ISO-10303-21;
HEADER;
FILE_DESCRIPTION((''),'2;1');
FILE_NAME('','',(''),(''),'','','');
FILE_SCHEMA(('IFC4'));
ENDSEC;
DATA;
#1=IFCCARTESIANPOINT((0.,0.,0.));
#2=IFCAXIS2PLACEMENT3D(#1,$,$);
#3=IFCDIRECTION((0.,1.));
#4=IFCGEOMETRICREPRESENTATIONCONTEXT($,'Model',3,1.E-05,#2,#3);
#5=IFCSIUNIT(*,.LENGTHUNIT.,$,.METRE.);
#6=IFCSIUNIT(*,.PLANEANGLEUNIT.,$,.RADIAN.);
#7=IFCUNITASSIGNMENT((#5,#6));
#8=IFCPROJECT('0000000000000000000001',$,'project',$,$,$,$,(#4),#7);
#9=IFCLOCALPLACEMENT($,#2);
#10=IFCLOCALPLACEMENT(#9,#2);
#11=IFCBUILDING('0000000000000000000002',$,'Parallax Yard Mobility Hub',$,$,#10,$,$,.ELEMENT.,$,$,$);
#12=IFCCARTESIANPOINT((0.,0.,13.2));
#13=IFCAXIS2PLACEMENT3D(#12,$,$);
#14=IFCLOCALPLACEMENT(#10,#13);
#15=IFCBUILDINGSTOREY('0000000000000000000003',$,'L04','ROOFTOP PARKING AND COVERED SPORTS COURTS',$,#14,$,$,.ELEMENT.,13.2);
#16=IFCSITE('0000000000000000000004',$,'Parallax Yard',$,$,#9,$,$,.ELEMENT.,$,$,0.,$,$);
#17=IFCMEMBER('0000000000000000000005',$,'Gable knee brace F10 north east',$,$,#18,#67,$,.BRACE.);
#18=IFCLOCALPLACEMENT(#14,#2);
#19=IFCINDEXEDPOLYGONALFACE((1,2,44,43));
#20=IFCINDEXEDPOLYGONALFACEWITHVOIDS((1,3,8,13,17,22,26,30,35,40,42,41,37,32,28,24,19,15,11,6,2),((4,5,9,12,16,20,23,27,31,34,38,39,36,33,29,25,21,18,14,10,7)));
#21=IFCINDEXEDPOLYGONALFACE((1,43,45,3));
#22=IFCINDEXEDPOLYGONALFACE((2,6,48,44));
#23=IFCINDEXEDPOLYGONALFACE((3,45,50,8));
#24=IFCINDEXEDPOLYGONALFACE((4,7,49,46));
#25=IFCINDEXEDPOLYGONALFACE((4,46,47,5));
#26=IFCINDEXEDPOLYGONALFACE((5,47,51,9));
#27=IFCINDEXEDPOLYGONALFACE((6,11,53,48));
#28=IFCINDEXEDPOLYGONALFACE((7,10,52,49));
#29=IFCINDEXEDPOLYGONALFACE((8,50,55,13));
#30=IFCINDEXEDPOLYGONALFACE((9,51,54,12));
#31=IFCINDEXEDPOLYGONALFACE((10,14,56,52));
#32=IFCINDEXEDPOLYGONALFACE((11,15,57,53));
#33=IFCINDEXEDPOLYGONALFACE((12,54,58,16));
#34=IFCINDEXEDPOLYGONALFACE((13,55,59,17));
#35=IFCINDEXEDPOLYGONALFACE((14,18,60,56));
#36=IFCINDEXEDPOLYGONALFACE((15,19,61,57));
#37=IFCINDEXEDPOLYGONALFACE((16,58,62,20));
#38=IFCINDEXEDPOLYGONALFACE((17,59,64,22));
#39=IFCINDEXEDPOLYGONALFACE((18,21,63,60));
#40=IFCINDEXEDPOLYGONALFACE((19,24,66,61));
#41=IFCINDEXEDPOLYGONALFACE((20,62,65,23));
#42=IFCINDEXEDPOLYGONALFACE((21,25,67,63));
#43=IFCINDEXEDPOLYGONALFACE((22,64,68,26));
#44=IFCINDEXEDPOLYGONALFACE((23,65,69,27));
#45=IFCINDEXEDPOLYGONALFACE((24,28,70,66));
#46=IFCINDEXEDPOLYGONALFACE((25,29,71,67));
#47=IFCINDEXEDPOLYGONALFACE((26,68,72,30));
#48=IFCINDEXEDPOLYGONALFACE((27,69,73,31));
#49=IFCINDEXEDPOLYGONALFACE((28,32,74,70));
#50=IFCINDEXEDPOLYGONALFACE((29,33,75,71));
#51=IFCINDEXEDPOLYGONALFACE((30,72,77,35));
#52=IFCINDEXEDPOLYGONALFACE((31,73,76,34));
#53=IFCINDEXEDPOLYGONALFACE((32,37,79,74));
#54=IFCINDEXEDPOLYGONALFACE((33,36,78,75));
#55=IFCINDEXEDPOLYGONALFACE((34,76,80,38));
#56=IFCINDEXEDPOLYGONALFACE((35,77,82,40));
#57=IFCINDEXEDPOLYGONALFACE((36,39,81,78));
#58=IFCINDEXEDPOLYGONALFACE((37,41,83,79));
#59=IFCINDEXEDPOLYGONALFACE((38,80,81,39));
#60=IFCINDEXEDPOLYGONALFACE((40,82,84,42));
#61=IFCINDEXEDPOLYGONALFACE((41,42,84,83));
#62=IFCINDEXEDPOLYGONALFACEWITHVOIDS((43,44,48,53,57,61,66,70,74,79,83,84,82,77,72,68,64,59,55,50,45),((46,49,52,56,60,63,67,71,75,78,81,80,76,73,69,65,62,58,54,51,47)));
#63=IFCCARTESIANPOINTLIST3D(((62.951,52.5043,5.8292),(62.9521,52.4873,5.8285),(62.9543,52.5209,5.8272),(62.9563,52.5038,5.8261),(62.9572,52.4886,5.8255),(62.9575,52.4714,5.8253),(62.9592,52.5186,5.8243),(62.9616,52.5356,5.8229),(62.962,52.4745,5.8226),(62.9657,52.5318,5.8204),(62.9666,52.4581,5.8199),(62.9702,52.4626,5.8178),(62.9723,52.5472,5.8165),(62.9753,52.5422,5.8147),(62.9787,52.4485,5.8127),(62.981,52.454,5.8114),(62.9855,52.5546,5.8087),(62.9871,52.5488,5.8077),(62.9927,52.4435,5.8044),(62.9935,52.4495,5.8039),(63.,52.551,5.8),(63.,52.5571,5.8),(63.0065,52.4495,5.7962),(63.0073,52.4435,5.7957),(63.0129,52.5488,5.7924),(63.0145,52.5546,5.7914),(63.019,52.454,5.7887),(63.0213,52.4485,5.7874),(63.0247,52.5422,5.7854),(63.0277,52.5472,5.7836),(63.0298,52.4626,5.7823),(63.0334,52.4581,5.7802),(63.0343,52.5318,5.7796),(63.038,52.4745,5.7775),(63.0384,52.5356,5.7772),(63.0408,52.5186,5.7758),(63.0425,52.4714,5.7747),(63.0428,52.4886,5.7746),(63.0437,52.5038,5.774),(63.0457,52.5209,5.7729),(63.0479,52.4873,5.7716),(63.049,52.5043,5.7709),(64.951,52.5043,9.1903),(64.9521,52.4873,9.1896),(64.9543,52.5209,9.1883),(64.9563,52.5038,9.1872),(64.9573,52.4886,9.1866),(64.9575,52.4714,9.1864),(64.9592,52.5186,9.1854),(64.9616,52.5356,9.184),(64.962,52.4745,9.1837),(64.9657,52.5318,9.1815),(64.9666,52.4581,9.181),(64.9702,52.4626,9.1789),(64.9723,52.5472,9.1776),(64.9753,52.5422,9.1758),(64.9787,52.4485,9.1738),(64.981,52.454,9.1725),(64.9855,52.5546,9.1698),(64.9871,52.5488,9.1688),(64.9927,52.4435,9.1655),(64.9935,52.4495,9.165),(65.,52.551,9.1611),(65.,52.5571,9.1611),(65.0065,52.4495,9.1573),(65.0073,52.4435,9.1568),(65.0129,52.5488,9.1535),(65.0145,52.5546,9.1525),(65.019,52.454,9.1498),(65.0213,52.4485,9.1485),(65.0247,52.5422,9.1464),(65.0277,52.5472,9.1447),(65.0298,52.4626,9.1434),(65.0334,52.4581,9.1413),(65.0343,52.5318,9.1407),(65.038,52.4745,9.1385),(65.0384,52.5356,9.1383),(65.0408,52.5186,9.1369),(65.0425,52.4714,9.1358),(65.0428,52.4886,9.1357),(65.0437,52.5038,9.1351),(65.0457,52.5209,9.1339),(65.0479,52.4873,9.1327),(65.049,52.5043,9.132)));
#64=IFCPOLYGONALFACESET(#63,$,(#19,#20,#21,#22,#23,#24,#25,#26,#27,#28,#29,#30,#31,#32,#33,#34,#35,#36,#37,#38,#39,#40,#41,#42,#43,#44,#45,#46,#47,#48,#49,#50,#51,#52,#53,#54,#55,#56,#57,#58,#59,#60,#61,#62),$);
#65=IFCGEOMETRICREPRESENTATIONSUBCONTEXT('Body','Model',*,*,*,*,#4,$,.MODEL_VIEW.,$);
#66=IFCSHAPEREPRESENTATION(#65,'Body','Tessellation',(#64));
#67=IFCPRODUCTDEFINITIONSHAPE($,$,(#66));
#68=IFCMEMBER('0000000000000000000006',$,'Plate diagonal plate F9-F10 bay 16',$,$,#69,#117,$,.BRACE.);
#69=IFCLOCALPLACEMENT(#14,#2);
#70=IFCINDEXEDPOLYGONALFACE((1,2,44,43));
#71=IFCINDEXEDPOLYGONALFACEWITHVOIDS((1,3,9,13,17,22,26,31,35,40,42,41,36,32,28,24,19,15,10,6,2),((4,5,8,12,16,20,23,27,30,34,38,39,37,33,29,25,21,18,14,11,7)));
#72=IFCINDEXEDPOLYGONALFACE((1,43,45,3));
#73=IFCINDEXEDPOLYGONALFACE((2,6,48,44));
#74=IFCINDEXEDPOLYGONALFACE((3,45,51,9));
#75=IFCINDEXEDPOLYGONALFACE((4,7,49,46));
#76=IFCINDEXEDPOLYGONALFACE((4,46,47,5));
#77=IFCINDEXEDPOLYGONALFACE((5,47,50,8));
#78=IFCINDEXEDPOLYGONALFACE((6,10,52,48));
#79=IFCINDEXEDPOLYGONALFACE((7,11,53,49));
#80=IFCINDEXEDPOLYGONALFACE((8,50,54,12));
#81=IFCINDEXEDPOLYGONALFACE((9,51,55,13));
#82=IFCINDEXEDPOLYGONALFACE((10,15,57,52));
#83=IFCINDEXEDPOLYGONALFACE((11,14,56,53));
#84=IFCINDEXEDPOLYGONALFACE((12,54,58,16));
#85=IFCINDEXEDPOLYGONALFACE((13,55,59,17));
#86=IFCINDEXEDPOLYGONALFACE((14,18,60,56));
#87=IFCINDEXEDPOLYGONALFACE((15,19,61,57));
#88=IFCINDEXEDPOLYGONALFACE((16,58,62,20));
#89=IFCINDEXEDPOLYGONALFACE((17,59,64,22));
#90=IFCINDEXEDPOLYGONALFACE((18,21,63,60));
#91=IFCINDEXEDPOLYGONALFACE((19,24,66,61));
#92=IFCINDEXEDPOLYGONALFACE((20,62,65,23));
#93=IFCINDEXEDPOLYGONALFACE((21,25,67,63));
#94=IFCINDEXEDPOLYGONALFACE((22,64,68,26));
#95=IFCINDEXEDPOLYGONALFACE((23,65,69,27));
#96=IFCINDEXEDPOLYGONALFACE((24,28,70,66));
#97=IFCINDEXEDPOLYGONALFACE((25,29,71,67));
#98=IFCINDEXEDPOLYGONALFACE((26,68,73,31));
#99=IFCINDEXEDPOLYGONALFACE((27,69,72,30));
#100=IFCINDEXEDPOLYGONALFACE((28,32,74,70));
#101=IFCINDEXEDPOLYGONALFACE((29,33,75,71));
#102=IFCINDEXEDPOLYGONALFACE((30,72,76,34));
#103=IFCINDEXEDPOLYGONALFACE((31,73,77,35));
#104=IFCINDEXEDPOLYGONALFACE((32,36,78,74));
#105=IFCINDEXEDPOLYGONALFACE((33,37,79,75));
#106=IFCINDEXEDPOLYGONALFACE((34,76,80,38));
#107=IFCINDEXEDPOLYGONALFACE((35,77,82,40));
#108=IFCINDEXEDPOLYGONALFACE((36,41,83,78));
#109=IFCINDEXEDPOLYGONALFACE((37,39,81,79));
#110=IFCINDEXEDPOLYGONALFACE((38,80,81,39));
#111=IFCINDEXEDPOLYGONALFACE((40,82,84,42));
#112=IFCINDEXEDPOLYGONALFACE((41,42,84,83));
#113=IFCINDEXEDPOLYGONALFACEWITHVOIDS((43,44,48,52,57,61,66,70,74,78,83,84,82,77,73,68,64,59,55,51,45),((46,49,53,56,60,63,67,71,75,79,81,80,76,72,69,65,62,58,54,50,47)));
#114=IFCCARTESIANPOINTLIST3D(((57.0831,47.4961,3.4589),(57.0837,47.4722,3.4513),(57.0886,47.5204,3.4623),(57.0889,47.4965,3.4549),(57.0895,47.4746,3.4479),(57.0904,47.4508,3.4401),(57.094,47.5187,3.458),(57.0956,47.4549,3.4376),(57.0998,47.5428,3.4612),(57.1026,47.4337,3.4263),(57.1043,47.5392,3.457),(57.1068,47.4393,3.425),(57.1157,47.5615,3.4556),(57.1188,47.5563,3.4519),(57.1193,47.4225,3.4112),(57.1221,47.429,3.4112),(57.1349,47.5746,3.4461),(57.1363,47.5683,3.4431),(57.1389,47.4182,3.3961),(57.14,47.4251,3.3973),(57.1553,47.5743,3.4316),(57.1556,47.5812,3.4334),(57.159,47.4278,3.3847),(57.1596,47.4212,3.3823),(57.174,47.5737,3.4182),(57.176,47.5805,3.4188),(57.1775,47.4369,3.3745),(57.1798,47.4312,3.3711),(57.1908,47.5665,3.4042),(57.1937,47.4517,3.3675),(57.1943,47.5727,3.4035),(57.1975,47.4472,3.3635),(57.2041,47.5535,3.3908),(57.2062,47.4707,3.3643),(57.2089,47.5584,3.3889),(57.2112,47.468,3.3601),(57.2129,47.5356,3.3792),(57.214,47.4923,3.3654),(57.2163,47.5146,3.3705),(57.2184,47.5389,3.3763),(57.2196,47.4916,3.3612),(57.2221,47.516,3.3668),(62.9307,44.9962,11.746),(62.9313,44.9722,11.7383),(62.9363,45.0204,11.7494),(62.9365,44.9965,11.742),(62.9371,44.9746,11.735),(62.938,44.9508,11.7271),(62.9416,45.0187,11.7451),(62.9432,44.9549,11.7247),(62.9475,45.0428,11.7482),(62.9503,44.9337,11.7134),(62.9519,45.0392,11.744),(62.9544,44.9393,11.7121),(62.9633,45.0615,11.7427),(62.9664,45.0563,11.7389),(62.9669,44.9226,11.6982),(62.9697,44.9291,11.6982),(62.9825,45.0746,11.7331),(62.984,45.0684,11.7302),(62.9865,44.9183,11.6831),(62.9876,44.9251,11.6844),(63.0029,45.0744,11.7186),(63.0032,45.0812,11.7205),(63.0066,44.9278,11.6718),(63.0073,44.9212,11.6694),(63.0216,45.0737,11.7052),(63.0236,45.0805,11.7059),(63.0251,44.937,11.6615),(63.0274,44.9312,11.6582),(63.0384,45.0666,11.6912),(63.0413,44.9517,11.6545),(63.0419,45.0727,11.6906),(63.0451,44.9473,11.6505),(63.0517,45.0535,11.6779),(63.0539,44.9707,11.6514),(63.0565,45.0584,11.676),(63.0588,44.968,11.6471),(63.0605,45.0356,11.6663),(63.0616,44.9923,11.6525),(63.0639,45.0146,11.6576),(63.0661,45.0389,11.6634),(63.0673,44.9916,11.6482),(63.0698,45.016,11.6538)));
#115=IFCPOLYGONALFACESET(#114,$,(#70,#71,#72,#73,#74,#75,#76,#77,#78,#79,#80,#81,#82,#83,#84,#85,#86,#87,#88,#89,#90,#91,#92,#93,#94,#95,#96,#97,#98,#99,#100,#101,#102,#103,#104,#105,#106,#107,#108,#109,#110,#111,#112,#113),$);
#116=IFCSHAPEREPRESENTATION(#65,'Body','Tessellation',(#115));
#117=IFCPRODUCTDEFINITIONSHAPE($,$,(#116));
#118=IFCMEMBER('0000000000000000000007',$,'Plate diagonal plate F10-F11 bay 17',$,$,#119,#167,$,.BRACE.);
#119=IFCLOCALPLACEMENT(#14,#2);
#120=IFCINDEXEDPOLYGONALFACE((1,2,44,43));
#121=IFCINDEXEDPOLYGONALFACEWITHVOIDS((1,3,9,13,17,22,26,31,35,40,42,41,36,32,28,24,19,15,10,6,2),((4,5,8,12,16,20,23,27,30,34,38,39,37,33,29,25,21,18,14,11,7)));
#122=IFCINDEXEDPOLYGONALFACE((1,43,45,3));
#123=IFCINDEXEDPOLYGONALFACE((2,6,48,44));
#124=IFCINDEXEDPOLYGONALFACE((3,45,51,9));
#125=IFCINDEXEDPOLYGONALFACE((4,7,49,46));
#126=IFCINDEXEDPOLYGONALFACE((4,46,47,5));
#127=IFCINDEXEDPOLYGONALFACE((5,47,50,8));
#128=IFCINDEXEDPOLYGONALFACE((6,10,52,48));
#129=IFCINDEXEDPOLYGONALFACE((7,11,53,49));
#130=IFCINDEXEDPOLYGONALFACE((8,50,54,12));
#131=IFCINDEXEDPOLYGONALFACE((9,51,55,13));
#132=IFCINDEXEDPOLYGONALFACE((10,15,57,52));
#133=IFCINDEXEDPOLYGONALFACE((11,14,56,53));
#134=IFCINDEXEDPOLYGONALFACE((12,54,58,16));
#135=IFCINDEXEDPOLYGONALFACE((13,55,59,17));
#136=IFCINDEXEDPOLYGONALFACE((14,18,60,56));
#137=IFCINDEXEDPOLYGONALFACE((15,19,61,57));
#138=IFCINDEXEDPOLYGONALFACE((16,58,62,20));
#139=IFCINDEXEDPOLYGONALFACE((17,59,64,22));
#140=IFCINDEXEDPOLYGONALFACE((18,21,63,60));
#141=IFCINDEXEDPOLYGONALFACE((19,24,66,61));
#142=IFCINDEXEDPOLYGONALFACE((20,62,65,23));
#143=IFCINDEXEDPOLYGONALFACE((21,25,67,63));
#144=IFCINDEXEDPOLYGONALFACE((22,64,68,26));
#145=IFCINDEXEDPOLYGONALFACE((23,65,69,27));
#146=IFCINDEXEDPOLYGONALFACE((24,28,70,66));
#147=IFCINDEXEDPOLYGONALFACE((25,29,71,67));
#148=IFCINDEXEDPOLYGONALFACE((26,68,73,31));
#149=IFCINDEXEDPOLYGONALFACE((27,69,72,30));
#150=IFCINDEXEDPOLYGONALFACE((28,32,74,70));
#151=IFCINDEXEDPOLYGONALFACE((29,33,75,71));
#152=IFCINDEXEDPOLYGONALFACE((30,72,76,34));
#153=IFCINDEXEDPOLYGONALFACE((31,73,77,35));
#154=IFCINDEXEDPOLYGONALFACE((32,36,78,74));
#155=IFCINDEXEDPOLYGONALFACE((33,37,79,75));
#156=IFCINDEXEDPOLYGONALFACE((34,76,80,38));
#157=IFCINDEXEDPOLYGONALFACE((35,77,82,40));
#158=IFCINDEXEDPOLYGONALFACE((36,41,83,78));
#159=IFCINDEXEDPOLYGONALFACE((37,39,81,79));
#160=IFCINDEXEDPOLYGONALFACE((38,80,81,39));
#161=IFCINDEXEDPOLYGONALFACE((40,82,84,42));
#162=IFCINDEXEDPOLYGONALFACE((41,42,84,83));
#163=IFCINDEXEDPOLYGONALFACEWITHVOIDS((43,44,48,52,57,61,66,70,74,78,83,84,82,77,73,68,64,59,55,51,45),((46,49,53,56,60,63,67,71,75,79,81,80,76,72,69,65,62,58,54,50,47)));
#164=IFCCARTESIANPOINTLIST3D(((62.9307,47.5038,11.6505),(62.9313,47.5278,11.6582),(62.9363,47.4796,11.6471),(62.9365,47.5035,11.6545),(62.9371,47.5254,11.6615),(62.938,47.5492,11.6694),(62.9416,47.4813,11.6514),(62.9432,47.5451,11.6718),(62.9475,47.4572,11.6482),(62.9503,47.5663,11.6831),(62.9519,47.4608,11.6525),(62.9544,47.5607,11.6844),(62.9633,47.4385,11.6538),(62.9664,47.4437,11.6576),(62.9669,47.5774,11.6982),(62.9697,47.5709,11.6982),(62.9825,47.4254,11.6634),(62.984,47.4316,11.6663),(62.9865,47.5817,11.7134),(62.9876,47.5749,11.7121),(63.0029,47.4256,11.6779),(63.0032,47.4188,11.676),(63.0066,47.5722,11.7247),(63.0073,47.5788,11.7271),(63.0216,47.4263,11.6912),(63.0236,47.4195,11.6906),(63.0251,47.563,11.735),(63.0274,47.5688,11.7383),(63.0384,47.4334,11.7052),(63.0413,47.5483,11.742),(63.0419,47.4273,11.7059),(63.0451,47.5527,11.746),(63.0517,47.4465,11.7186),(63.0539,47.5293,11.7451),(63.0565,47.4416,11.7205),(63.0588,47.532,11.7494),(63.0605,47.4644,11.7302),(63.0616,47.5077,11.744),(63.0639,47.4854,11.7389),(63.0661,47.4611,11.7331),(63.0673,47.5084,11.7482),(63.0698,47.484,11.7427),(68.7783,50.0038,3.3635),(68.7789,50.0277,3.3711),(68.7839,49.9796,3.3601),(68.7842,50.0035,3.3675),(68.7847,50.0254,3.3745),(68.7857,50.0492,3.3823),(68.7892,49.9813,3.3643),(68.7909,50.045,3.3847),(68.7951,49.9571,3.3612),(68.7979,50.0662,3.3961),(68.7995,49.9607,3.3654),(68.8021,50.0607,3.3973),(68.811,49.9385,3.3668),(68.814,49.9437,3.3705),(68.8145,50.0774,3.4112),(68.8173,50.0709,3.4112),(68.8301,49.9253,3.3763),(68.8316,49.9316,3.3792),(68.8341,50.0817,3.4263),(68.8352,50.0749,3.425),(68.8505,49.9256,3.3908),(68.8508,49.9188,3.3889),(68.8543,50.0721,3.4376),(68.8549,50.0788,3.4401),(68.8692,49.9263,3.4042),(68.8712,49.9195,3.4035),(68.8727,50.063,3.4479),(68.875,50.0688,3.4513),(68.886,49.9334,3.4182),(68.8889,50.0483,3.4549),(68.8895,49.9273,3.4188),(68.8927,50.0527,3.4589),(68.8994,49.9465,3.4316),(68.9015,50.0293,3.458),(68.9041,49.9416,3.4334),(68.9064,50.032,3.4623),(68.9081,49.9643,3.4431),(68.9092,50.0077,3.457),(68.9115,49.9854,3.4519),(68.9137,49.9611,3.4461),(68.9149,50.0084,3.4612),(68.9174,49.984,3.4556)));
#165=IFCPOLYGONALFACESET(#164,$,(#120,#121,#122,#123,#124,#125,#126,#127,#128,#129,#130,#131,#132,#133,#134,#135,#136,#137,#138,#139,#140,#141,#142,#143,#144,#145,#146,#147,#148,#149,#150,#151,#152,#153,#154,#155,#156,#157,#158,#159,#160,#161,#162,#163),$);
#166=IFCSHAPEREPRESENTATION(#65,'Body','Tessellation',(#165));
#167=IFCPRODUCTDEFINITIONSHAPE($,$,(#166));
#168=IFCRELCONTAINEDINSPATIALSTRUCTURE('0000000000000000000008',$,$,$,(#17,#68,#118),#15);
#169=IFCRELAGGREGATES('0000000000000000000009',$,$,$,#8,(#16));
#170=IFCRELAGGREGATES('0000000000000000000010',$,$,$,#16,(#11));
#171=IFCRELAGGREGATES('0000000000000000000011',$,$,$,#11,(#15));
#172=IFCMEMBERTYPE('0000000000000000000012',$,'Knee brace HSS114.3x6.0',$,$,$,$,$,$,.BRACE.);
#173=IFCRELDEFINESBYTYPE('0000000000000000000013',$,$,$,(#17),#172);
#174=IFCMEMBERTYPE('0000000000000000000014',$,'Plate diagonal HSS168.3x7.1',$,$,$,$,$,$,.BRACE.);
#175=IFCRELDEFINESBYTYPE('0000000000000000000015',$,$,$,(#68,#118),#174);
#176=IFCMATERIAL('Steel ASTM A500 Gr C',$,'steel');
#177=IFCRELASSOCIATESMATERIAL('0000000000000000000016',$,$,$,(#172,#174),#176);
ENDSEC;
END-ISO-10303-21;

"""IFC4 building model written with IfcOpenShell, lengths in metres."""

from ifc_helpers import new_model, si_unit, direction, frame, origin, origin_2d, place, context, subcontext, project, spatial, hollow_circle, extrude, material, material_profile, profile_set, type_object, element, save


model = new_model("IFC4")

# Units and contexts
model_context = context("Model", 3, precision=1e-05, world=origin(), true_north=direction((0.0, 1.0)))
body_context = subcontext(model_context, "Body", "Model", "MODEL_VIEW")
ifc_project = project(units=[si_unit("LENGTHUNIT", "METRE"), si_unit("PLANEANGLEUNIT", "RADIAN")], contexts=[model_context])

# Site, building, storey
site_placement = place(None, origin())
site = spatial("IfcSite", under=ifc_project, at=site_placement, Name="Parallax Yard", CompositionType="ELEMENT", RefElevation=0.0)
building_placement = place(site_placement, origin())
building = spatial("IfcBuilding", under=site, at=building_placement, Name="Parallax Yard Mobility Hub", CompositionType="ELEMENT")
storey_placement = place(building_placement, frame((0.0, 0.0, 13.2)))
storey = spatial("IfcBuildingStorey", under=building, at=storey_placement, Name="L04", Description="ROOFTOP PARKING AND COVERED SPORTS COURTS", CompositionType="ELEMENT", Elevation=13.2)

# Members
ifc_material_1 = material(Name="Steel ASTM A500 Gr C", Category="steel")
ifc_material_profile_1 = material_profile(ifc_material_1, hollow_circle(Radius=0.0571, WallThickness=0.0061, at=origin_2d()), Name="HSS114.3x6.0")
ifc_profile_set_1 = profile_set([ifc_material_profile_1], Name="Steel ASTM A500 Gr C")
member_type_1 = type_object("IfcMemberType", Name="Knee brace HSS114.3x6.0", PredefinedType="BRACE", material=ifc_profile_set_1)
for number, where, z_axis, x_axis, name in (
    (1, (63.0, 52.5, 5.8), (0.511362, 0.0, 0.859365), (0.0, 1.0, 0.0), "Gable knee brace F10 north east"),
):
    element("IfcMember", number, at=place(storey_placement, frame(where, z_axis=z_axis, x_axis=x_axis)), inside=storey, type_object=member_type_1, Name=name, PredefinedType="BRACE", context=body_context, shape_type="SweptSolid", body=[
        extrude(hollow_circle(Radius=0.0571, WallThickness=0.0061, at=origin_2d()), origin(), (0.0, 0.0, 1.0), 3.9111),
    ])
ifc_material_profile_2 = material_profile(ifc_material_1, hollow_circle(Radius=0.0842, WallThickness=0.0071, at=origin_2d()), Name="HSS168.3x7.1")
ifc_profile_set_2 = profile_set([ifc_material_profile_2], Name="Steel ASTM A500 Gr C")
member_type_2 = type_object("IfcMemberType", Name="Plate diagonal HSS168.3x7.1", PredefinedType="BRACE", material=ifc_profile_set_2)
for number, where, z_axis, x_axis, name in (
    (2, (63.0, 45.0, 11.6982), (-0.559793, 0.239323, -0.79332), (-0.393104, -0.919494, 0.0), "Plate diagonal plate F9-F10 bay 16"),
    (3, (63.0, 47.5, 11.6982), (0.559793, 0.239323, -0.79332), (-0.393104, 0.919494, 0.0), "Plate diagonal plate F10-F11 bay 17"),
):
    element("IfcMember", number, at=place(storey_placement, frame(where, z_axis=z_axis, x_axis=x_axis)), inside=storey, type_object=member_type_2, Name=name, PredefinedType="BRACE", context=body_context, shape_type="SweptSolid", body=[
        extrude(hollow_circle(Radius=0.0842, WallThickness=0.0071, at=origin_2d()), origin(), (0.0, 0.0, 1.0), 10.446),
    ])

save(model, "model.ifc")
